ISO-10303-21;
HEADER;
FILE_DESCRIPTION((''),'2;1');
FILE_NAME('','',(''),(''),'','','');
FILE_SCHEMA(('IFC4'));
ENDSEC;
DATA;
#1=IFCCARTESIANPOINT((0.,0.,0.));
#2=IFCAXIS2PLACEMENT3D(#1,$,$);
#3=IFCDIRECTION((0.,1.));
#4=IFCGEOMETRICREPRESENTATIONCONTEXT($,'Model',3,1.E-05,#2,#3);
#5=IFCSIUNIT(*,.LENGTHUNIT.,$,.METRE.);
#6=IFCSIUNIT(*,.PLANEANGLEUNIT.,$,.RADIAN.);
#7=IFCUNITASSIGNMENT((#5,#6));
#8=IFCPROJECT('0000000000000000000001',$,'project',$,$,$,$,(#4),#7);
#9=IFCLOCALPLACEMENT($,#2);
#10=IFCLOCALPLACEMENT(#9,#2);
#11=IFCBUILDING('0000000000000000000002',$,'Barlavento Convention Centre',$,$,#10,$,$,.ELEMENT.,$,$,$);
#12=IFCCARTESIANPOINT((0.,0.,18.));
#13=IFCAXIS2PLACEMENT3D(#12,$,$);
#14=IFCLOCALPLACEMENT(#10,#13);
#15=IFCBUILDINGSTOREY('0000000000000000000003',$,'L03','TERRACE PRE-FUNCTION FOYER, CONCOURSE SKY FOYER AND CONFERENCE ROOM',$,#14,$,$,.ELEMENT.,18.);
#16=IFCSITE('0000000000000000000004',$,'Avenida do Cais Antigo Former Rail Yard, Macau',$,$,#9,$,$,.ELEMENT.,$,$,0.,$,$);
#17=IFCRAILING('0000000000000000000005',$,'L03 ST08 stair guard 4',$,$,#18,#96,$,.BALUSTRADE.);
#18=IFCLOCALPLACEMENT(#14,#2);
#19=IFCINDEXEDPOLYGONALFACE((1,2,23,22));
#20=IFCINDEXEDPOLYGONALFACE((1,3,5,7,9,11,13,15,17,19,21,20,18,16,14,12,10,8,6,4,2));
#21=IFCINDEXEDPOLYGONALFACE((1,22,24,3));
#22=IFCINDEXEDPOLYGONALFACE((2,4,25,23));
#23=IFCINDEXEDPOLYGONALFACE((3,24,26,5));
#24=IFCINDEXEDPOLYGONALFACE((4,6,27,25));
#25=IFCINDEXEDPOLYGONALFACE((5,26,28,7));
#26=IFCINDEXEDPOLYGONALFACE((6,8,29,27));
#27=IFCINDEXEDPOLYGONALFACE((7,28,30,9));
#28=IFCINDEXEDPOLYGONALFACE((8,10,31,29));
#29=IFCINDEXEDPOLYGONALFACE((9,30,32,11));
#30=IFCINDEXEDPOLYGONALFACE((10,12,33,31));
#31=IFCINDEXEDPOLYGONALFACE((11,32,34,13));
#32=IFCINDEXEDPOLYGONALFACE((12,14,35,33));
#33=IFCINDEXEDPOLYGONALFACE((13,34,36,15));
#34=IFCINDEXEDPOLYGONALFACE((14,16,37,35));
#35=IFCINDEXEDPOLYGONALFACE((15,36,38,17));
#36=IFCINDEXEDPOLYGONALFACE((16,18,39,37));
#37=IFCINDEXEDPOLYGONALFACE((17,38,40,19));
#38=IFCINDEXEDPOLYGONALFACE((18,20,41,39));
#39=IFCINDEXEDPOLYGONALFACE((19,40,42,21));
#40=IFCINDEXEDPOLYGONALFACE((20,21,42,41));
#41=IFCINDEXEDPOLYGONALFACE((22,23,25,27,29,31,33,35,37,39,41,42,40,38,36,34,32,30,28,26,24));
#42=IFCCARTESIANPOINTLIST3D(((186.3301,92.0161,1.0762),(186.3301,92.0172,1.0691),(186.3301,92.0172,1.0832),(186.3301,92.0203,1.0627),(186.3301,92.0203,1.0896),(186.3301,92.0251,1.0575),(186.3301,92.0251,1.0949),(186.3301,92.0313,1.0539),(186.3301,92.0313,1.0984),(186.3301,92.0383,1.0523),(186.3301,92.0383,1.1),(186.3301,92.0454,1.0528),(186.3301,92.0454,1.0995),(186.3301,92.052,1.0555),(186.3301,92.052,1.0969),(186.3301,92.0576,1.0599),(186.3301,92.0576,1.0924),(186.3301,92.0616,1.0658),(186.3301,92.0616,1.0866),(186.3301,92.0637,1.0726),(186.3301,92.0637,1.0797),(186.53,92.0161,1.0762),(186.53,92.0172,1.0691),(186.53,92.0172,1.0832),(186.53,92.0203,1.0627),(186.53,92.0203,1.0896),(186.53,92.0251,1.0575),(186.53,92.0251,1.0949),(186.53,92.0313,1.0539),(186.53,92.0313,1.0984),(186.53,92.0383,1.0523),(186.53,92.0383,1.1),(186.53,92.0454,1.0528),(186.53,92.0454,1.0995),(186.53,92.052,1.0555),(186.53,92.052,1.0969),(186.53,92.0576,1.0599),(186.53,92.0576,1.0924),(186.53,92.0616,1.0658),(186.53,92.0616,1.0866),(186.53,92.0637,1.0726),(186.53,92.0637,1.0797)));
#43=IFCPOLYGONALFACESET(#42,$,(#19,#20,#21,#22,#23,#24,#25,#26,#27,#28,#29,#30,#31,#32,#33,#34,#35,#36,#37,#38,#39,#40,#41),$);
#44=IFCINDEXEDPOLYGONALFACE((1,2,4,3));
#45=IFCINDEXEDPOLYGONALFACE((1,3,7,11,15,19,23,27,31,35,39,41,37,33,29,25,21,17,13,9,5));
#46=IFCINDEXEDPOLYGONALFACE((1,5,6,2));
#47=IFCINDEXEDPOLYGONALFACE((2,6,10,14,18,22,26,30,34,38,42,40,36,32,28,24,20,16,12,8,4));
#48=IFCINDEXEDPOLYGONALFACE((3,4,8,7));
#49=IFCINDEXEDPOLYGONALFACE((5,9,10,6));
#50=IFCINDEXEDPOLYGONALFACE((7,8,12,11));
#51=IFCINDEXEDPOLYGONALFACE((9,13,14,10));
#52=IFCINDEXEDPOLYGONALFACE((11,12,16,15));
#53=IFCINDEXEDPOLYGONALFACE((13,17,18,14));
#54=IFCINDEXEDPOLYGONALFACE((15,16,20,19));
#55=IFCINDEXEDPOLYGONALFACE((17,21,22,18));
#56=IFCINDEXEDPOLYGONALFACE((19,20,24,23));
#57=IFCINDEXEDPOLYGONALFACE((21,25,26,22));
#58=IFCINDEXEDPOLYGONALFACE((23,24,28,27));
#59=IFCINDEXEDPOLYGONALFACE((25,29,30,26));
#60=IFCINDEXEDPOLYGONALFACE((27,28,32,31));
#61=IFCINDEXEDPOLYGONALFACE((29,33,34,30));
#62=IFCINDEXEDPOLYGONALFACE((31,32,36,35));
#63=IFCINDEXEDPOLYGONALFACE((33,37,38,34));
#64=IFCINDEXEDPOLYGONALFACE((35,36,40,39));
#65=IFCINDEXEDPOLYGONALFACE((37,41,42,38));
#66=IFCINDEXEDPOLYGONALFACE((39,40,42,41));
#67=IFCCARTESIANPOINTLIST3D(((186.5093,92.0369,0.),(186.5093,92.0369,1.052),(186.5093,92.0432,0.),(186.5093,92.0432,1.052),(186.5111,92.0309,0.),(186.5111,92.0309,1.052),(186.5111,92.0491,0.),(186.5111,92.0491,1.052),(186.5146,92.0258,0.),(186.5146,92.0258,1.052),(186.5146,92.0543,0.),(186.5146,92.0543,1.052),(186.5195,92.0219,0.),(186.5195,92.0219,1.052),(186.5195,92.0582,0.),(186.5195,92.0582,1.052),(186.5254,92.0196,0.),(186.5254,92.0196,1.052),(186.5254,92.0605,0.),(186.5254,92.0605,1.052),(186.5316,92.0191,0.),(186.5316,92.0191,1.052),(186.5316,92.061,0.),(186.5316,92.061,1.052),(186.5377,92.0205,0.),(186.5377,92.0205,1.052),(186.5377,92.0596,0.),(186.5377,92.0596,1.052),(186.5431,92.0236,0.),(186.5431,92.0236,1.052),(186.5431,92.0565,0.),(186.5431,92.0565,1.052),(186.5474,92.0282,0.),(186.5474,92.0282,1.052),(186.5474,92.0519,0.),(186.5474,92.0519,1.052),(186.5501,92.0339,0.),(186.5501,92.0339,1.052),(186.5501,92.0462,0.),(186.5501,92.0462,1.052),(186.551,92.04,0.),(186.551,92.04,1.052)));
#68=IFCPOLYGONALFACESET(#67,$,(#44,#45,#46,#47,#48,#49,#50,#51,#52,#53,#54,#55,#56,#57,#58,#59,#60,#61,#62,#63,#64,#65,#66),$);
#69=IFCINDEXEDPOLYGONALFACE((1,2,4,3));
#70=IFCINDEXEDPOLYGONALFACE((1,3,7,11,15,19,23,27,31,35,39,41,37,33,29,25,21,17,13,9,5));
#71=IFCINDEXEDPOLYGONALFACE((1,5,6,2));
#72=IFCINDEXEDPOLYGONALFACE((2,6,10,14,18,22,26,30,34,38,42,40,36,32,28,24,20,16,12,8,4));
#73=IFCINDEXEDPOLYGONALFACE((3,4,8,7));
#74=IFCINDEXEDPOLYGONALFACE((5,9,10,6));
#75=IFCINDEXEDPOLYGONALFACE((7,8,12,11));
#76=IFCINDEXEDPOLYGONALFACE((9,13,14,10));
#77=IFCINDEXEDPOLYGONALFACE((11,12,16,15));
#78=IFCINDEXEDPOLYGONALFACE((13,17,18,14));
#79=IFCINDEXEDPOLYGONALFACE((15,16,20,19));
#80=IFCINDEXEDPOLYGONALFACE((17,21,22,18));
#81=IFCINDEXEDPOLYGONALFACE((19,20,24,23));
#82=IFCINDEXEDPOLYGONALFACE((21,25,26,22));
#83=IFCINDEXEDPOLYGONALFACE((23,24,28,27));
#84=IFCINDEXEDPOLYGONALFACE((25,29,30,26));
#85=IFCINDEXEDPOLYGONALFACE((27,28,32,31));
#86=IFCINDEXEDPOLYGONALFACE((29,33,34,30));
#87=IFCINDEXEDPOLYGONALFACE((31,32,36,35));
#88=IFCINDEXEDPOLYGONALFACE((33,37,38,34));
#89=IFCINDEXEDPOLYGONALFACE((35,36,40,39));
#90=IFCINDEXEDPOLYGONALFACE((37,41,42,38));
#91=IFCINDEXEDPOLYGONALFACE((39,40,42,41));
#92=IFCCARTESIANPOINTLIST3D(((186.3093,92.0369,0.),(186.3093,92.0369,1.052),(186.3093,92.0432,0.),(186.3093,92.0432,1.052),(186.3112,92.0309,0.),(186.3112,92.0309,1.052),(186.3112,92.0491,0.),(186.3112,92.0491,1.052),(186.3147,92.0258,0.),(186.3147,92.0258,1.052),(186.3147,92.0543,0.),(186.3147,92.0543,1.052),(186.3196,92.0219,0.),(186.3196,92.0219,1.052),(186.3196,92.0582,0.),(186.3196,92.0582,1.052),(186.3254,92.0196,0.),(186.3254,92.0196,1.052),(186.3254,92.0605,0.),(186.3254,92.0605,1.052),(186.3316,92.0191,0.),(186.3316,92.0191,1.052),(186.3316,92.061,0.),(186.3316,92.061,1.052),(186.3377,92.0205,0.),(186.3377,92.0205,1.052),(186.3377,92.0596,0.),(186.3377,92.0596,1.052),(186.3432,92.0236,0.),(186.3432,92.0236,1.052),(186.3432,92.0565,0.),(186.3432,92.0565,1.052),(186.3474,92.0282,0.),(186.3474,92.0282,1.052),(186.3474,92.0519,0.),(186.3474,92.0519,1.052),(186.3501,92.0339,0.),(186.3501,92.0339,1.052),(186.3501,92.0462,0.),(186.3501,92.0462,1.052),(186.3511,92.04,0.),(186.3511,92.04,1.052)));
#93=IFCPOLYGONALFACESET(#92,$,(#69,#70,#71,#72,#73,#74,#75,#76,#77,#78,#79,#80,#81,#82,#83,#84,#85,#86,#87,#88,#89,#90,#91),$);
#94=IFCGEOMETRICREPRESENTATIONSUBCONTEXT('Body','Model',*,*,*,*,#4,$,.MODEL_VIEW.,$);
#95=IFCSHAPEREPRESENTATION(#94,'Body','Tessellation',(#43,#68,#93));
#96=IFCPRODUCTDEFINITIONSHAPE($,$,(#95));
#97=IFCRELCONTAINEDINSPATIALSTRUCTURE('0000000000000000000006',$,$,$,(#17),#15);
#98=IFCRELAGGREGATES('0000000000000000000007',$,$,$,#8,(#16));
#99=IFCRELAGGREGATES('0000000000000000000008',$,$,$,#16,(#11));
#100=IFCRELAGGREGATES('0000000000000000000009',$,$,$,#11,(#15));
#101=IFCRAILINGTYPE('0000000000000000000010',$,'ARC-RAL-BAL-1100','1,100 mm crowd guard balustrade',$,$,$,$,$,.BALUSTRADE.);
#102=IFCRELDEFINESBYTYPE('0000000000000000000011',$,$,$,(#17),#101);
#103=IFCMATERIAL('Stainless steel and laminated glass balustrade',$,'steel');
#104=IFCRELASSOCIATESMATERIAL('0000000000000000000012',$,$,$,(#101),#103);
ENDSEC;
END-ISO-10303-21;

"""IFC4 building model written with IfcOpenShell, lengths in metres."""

from ifc_helpers import new_model, si_unit, direction, frame, origin, origin_2d, place, context, subcontext, project, spatial, circle, extrude, material, type_object, element, save


model = new_model("IFC4")

# Units and contexts
model_context = context("Model", 3, precision=1e-05, world=origin(), true_north=direction((0.0, 1.0)))
body_context = subcontext(model_context, "Body", "Model", "MODEL_VIEW")
ifc_project = project(units=[si_unit("LENGTHUNIT", "METRE"), si_unit("PLANEANGLEUNIT", "RADIAN")], contexts=[model_context])

# Site, building, storey
site_placement = place(None, origin())
site = spatial("IfcSite", under=ifc_project, at=site_placement, Name="Avenida do Cais Antigo Former Rail Yard, Macau", CompositionType="ELEMENT", RefElevation=0.0)
building_placement = place(site_placement, origin())
building = spatial("IfcBuilding", under=site, at=building_placement, Name="Barlavento Convention Centre", CompositionType="ELEMENT")
storey_placement = place(building_placement, frame((0.0, 0.0, 18.0)))
storey = spatial("IfcBuildingStorey", under=building, at=storey_placement, Name="L03", Description="TERRACE PRE-FUNCTION FOYER, CONCOURSE SKY FOYER AND CONFERENCE ROOM", CompositionType="ELEMENT", Elevation=18.0)

# Railing
ifc_material_1 = material(Name="Stainless steel and laminated glass balustrade", Category="steel")
railing_type_1 = type_object("IfcRailingType", Name="ARC-RAL-BAL-1100", Description="1,100 mm crowd guard balustrade", PredefinedType="BALUSTRADE", material=ifc_material_1)
railing_1_placement = place(storey_placement, frame((186.53, 92.04, 0.0)))
element("IfcRailing", 1, at=railing_1_placement, inside=storey, type_object=railing_type_1, Name="L03 ST08 stair guard 4", PredefinedType="BALUSTRADE", context=body_context, shape_type="SweptSolid", body=[
    extrude(circle(Radius=0.0239, at=origin_2d()), frame((0.0, 0.0, 1.0762), z_axis=(-1.0, 0.0, 0.0), x_axis=(0.0, -1.0, 0.0)), (0.0, 0.0, 1.0), 0.2),
    extrude(circle(Radius=0.021, at=origin_2d()), origin(), (0.0, 0.0, 1.0), 1.052),
    extrude(circle(Radius=0.021, at=origin_2d()), frame((-0.2, 0.0, 0.0)), (0.0, 0.0, 1.0), 1.052),
])

save(model, "model.ifc")
